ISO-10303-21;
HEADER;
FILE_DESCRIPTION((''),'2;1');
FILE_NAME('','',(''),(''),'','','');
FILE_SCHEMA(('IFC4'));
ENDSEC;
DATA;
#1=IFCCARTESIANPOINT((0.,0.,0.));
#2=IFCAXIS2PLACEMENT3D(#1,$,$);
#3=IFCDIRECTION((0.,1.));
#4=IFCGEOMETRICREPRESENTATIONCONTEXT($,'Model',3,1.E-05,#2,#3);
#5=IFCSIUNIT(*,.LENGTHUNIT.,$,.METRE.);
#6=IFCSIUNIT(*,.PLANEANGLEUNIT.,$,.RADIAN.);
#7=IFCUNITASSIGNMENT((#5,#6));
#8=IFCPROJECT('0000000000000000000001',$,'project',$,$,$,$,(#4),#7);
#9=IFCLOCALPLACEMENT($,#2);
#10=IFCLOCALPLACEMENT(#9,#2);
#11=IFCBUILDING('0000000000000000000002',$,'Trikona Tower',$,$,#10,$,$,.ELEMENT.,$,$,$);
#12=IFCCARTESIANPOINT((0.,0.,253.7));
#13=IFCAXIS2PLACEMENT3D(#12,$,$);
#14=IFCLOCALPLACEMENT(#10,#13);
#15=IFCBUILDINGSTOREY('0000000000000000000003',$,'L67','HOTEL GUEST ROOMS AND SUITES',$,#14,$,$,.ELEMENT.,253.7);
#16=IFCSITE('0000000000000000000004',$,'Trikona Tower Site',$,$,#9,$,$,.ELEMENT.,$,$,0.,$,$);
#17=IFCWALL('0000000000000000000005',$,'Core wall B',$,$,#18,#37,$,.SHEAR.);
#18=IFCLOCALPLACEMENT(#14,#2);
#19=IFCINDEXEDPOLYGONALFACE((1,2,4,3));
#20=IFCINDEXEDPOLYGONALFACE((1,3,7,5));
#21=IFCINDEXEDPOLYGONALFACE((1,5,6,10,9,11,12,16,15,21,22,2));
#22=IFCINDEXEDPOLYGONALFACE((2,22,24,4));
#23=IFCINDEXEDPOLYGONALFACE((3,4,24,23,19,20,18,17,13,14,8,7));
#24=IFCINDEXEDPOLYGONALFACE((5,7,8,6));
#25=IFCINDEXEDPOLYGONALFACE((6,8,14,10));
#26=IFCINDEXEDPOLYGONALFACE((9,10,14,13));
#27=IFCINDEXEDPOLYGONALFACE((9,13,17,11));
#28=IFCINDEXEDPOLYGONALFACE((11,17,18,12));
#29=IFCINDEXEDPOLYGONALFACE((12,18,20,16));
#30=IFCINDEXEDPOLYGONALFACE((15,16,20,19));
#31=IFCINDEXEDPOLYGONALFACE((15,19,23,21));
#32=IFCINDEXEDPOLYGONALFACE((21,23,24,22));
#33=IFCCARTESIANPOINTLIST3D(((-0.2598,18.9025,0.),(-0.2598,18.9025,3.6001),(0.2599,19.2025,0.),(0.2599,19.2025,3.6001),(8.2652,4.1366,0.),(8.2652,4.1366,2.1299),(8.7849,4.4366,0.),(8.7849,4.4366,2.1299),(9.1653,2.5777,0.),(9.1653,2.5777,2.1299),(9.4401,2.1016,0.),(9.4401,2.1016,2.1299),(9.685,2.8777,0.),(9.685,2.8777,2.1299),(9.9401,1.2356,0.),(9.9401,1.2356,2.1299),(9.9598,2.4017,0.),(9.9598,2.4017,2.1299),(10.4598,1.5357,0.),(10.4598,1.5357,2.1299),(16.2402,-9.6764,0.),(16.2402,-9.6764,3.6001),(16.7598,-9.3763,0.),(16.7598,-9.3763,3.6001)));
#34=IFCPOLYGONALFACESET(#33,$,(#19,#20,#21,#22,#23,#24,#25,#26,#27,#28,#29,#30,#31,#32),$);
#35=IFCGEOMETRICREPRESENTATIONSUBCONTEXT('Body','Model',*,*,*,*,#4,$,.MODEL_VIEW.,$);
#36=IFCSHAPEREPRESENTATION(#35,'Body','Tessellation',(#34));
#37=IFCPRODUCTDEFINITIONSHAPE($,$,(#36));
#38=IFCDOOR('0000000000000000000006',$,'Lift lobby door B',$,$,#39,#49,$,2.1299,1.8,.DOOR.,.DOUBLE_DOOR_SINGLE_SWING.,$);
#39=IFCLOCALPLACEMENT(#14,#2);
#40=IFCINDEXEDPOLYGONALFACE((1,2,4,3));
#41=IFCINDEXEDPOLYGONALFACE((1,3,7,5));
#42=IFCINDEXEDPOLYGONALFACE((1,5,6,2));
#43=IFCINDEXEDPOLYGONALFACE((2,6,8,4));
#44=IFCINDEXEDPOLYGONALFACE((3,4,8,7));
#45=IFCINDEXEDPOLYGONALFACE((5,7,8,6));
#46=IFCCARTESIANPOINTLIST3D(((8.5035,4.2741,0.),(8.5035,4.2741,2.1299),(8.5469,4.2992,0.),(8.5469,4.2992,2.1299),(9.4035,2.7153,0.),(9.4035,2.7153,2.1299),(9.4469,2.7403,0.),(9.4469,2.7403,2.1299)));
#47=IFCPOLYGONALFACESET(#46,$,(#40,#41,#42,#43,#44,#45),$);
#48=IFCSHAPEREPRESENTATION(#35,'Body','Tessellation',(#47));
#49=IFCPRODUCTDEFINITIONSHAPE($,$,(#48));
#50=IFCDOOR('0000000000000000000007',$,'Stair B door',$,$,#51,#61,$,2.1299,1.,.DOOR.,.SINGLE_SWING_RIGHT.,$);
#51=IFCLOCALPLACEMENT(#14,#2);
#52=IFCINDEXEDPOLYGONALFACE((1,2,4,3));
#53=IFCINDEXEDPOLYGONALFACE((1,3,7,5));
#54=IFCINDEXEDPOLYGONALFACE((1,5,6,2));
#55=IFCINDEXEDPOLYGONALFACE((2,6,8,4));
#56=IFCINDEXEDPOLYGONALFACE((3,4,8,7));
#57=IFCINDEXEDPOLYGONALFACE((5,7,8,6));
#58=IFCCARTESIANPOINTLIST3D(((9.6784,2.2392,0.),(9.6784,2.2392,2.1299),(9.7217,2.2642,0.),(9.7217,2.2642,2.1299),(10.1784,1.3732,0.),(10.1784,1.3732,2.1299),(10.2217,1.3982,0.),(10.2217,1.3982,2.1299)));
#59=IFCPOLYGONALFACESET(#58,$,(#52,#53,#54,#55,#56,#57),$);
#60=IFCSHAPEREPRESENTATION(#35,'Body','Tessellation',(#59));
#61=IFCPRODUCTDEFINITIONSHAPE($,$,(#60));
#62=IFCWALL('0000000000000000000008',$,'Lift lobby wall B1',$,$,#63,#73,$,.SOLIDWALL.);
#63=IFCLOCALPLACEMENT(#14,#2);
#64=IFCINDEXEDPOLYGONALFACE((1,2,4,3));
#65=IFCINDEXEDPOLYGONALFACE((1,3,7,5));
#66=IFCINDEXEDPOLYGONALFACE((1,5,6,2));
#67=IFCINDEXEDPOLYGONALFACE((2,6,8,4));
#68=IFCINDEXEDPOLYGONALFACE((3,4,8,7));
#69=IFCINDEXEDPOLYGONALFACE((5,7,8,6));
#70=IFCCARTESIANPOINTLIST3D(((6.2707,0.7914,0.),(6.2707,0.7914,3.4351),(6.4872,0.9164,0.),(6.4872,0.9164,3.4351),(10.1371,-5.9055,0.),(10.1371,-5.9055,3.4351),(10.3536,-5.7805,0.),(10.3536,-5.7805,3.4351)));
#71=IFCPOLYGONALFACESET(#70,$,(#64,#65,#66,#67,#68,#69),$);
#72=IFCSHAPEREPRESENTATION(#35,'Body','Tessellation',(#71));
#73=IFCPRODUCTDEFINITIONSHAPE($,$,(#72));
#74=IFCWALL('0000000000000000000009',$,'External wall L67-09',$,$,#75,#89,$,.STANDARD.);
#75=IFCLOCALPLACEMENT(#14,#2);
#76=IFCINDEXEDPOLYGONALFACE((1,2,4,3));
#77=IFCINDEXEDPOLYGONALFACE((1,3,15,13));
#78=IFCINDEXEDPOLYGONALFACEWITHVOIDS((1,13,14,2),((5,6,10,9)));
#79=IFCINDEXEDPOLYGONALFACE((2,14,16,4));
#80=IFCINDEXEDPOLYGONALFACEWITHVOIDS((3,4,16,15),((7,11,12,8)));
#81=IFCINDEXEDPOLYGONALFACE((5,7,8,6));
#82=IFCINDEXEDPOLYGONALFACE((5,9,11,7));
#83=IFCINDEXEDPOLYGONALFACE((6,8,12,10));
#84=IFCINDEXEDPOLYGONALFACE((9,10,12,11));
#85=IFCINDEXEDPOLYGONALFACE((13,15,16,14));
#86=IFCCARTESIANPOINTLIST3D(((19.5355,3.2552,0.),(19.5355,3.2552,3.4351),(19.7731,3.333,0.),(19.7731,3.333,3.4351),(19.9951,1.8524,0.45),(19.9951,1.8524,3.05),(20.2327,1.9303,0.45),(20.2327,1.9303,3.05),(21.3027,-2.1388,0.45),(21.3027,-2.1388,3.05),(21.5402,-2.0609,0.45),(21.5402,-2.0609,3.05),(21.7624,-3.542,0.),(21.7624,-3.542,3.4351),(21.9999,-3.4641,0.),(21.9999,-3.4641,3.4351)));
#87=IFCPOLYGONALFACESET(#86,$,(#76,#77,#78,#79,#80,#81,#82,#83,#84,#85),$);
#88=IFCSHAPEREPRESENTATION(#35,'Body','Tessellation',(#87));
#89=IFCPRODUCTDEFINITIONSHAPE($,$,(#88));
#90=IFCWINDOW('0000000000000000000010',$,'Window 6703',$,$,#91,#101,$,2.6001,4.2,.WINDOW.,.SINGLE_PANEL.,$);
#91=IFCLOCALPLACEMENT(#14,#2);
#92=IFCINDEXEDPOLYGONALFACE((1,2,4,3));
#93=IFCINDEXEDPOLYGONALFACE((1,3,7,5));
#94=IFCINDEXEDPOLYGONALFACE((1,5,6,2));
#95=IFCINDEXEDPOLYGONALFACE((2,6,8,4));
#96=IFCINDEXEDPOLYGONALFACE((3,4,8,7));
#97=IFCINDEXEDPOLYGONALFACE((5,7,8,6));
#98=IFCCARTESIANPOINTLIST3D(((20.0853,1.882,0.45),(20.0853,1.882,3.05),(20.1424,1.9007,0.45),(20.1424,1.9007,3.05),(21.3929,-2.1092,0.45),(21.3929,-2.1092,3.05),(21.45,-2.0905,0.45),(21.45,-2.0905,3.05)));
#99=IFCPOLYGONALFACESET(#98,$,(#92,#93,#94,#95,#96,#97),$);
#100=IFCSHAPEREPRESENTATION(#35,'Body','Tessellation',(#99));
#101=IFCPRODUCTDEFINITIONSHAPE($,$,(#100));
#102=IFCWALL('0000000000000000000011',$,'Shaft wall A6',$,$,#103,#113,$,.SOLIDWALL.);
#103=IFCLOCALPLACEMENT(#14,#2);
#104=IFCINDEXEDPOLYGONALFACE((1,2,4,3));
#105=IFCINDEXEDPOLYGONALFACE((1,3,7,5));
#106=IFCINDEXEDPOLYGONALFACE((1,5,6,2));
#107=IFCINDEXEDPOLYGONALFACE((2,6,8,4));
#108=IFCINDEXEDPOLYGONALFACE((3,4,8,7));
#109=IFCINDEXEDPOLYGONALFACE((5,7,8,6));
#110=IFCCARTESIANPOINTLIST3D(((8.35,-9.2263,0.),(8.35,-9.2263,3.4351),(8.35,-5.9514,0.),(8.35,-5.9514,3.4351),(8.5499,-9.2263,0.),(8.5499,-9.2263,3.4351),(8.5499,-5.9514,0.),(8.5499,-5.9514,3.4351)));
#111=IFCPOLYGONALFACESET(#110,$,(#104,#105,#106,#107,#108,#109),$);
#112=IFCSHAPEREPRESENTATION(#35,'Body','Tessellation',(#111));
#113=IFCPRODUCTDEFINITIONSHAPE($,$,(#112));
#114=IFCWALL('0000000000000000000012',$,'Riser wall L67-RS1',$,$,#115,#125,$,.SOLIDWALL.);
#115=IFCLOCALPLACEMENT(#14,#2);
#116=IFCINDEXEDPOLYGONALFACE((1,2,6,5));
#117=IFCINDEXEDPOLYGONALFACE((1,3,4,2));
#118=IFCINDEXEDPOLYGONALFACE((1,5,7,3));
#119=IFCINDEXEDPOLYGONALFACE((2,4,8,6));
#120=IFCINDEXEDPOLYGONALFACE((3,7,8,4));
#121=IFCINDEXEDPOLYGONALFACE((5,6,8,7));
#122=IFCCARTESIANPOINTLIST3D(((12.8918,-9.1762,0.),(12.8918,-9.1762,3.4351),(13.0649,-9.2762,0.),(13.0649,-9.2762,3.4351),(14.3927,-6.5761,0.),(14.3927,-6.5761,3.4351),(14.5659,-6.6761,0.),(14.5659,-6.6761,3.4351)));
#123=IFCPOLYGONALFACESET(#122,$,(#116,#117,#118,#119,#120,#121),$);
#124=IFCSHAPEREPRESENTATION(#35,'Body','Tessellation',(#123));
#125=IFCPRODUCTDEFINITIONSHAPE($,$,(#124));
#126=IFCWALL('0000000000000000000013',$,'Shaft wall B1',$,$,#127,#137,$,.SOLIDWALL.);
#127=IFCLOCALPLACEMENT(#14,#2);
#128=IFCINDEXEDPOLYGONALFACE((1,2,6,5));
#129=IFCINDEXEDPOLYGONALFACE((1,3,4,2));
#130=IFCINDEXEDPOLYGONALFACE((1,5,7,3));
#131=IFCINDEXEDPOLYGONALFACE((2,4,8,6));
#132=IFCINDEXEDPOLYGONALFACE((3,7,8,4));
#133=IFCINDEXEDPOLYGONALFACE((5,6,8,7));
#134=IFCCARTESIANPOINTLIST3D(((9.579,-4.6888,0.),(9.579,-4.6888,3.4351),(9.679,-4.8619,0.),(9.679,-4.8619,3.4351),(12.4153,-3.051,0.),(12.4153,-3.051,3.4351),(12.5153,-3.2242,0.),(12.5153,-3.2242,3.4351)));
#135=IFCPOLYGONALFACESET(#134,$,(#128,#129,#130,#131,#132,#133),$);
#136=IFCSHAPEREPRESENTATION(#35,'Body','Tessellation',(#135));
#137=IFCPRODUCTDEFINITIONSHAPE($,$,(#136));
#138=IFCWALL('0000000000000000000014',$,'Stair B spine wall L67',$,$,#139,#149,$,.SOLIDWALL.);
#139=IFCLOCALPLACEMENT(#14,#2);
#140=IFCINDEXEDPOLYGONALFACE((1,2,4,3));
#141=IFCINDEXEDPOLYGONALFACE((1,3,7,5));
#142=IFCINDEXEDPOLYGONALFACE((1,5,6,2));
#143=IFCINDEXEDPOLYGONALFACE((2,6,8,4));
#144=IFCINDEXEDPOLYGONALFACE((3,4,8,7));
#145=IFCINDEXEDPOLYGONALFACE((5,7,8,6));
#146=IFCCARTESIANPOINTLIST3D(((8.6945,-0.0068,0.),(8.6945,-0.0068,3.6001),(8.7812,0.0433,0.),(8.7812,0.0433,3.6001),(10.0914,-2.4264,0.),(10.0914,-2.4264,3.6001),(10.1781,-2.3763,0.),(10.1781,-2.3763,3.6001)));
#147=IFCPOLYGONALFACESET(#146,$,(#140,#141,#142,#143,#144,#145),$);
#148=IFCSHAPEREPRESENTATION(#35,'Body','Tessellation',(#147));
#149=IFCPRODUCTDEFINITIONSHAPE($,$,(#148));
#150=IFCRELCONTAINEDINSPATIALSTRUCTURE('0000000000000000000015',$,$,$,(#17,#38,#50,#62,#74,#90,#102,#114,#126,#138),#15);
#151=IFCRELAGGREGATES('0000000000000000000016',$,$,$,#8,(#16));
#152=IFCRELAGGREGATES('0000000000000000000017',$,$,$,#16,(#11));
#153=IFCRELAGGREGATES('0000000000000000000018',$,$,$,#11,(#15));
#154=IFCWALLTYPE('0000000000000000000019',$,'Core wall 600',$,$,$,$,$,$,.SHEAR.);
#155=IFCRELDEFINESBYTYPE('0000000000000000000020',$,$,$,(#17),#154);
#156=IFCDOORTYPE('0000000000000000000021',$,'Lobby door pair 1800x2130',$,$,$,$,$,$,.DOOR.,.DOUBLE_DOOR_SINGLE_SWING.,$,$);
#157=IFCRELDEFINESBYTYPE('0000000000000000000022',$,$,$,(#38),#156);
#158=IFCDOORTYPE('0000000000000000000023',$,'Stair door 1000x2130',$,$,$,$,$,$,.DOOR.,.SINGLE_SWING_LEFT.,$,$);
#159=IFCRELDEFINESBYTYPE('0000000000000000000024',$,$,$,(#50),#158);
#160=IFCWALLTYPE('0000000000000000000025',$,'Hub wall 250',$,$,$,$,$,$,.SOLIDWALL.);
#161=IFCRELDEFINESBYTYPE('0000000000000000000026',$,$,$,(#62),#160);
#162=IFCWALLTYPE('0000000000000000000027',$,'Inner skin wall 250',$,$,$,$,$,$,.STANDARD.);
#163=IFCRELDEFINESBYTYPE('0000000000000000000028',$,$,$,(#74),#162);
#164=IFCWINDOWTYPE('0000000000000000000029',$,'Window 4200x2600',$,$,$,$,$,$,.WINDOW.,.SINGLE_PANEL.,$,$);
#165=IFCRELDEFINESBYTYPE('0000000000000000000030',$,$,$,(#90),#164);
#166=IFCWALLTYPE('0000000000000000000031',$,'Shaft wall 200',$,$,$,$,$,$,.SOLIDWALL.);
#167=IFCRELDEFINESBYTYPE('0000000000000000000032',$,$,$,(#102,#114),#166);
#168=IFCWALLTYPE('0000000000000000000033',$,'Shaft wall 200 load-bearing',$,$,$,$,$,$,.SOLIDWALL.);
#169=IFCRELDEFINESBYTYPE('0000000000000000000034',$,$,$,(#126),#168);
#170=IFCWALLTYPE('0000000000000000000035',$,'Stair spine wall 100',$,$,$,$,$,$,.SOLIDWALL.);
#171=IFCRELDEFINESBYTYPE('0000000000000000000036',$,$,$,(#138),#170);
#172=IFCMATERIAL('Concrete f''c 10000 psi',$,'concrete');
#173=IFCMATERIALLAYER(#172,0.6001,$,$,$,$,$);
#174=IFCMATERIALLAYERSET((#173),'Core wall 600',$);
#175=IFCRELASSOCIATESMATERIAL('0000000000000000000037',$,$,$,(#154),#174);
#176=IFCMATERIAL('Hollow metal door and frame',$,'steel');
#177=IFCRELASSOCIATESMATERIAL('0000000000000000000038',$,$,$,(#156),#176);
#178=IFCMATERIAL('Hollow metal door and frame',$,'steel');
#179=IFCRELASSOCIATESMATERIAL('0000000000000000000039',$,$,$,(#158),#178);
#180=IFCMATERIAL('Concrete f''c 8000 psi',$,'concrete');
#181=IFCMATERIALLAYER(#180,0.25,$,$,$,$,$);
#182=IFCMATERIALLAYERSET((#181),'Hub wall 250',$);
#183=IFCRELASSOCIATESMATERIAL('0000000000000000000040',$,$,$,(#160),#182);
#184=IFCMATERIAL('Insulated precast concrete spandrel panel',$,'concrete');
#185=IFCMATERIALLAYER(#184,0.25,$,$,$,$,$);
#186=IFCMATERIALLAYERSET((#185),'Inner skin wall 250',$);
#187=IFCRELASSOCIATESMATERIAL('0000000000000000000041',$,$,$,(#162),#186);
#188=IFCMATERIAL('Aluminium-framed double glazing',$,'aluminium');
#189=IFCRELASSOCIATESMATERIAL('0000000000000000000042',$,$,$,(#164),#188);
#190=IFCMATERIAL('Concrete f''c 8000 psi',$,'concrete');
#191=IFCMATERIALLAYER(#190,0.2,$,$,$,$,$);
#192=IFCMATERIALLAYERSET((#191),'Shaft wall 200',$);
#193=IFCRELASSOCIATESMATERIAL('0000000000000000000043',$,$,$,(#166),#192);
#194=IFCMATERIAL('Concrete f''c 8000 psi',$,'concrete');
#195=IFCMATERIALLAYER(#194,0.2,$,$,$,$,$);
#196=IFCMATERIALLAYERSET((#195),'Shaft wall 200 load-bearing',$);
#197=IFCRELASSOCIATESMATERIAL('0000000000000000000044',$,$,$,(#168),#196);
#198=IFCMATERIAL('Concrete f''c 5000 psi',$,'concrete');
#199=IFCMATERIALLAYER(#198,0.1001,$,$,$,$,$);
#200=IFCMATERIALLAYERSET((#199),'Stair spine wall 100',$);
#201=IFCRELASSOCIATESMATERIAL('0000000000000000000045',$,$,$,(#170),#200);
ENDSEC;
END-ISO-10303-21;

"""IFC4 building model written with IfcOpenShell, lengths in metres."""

from ifc_helpers import new_model, si_unit, direction, frame, frame_2d, origin, place, context, subcontext, project, spatial, rectangle, extrude, material, layer, layer_set, type_object, element, fill, save


model = new_model("IFC4")

# Units and contexts
model_context = context("Model", 3, precision=1e-05, world=origin(), true_north=direction((0.0, 1.0)))
body_context = subcontext(model_context, "Body", "Model", "MODEL_VIEW")
ifc_project = project(units=[si_unit("LENGTHUNIT", "METRE"), si_unit("PLANEANGLEUNIT", "RADIAN")], contexts=[model_context])

# Site, building, storey
site_placement = place(None, origin())
site = spatial("IfcSite", under=ifc_project, at=site_placement, Name="Trikona Tower Site", CompositionType="ELEMENT", RefElevation=0.0)
building_placement = place(site_placement, origin())
building = spatial("IfcBuilding", under=site, at=building_placement, Name="Trikona Tower", CompositionType="ELEMENT")
storey_placement = place(building_placement, frame((0.0, 0.0, 253.7)))
storey = spatial("IfcBuildingStorey", under=building, at=storey_placement, Name="L67", Description="HOTEL GUEST ROOMS AND SUITES", CompositionType="ELEMENT", Elevation=253.7)

# Wall, openings, doors
ifc_material_1 = material(Name="Concrete f'c 10000 psi", Category="concrete")
ifc_layer_1 = layer(ifc_material_1, 0.6001)
ifc_layer_set_1 = layer_set([ifc_layer_1], Name="Core wall 600")
wall_type_1 = type_object("IfcWallType", Name="Core wall 600", PredefinedType="SHEAR", material=ifc_layer_set_1)
wall_1_placement = place(storey_placement, frame((16.5, -9.5264, 0.0), z_axis=(0.0, 0.0, 1.0), x_axis=(-0.5, 0.866026, 0.0)))
wall_1 = element("IfcWall", 1, at=wall_1_placement, inside=storey, type_object=wall_type_1, Name="Core wall B", PredefinedType="SHEAR", context=body_context, shape_type="SweptSolid", body=[
    extrude(rectangle(XDim=33.0, YDim=0.6001, at=frame_2d((16.5, 0.0))), origin(), (0.0, 0.0, 1.0), 3.6001),
])
opening_1_placement = place(wall_1_placement, frame((14.1499, 0.0, 0.0)))
opening_1 = element("IfcOpeningElement", 2, at=opening_1_placement, cuts=wall_1, PredefinedType="OPENING", context=body_context, shape_type="SweptSolid", body=[
    extrude(rectangle(XDim=1.8, YDim=2.1299, at=frame_2d((0.8999, 1.0649))), frame((0.0, 0.3101, 0.0), z_axis=(0.0, -1.0, 0.0), x_axis=(1.0, 0.0, 0.0)), (0.0, 0.0, 1.0), 0.6201),
])
opening_2_placement = place(wall_1_placement, frame((12.6001, 0.0, 0.0)))
opening_2 = element("IfcOpeningElement", 3, at=opening_2_placement, cuts=wall_1, PredefinedType="OPENING", context=body_context, shape_type="SweptSolid", body=[
    extrude(rectangle(XDim=1.0, YDim=2.1299, at=frame_2d((0.5, 1.0649))), frame((0.0, 0.3101, 0.0), z_axis=(0.0, -1.0, 0.0), x_axis=(1.0, 0.0, 0.0)), (0.0, 0.0, 1.0), 0.6201),
])
ifc_material_2 = material(Name="Hollow metal door and frame", Category="steel")
door_type_1 = type_object("IfcDoorType", Name="Lobby door pair 1800x2130", OperationType="DOUBLE_DOOR_SINGLE_SWING", PredefinedType="DOOR", material=ifc_material_2)
door_1_placement = place(opening_1_placement, origin())
door_1 = element("IfcDoor", 4, at=door_1_placement, inside=storey, type_object=door_type_1, Name="Lift lobby door B", OperationType="DOUBLE_DOOR_SINGLE_SWING", OverallHeight=2.1299, OverallWidth=1.8, PredefinedType="DOOR", context=body_context, shape_type="SweptSolid", body=[
    extrude(rectangle(XDim=1.8, YDim=2.1299, at=frame_2d((0.8999, 1.0649))), frame((0.0, 0.0249, 0.0), z_axis=(0.0, -1.0, 0.0), x_axis=(1.0, 0.0, 0.0)), (0.0, 0.0, 1.0), 0.05),
])
fill(opening_1, door_1)
ifc_material_3 = material(Name="Hollow metal door and frame", Category="steel")
door_type_2 = type_object("IfcDoorType", Name="Stair door 1000x2130", OperationType="SINGLE_SWING_LEFT", PredefinedType="DOOR", material=ifc_material_3)
door_2_placement = place(opening_2_placement, origin())
door_2 = element("IfcDoor", 5, at=door_2_placement, inside=storey, type_object=door_type_2, Name="Stair B door", OperationType="SINGLE_SWING_RIGHT", OverallHeight=2.1299, OverallWidth=1.0, PredefinedType="DOOR", context=body_context, shape_type="SweptSolid", body=[
    extrude(rectangle(XDim=1.0, YDim=2.1299, at=frame_2d((0.5, 1.0649))), frame((0.0, 0.0249, 0.0), z_axis=(0.0, -1.0, 0.0), x_axis=(1.0, 0.0, 0.0)), (0.0, 0.0, 1.0), 0.05),
])
fill(opening_2, door_2)

# Wall
ifc_material_4 = material(Name="Concrete f'c 8000 psi", Category="concrete")
ifc_layer_2 = layer(ifc_material_4, 0.25)
ifc_layer_set_2 = layer_set([ifc_layer_2], Name="Hub wall 250")
wall_type_2 = type_object("IfcWallType", Name="Hub wall 250", PredefinedType="SOLIDWALL", material=ifc_layer_set_2)
wall_2_placement = place(storey_placement, frame((10.2454, -5.843, 0.0), z_axis=(0.0, 0.0, 1.0), x_axis=(-0.499993, 0.866029, 0.0)))
element("IfcWall", 6, at=wall_2_placement, inside=storey, type_object=wall_type_2, Name="Lift lobby wall B1", PredefinedType="SOLIDWALL", context=body_context, shape_type="SweptSolid", body=[
    extrude(rectangle(XDim=7.7329, YDim=0.25, at=frame_2d((3.8665, 0.0))), origin(), (0.0, 0.0, 1.0), 3.4351),
])

# Wall, opening, window
ifc_material_5 = material(Name="Insulated precast concrete spandrel panel", Category="concrete")
ifc_layer_3 = layer(ifc_material_5, 0.25)
ifc_layer_set_3 = layer_set([ifc_layer_3], Name="Inner skin wall 250")
wall_type_3 = type_object("IfcWallType", Name="Inner skin wall 250", PredefinedType="STANDARD", material=ifc_layer_set_3)
wall_3_placement = place(storey_placement, frame((21.8811, -3.5029, 0.0), z_axis=(0.0, 0.0, 1.0), x_axis=(-0.311329, 0.950302, 0.0)))
wall_3 = element("IfcWall", 7, at=wall_3_placement, inside=storey, type_object=wall_type_3, Name="External wall L67-09", PredefinedType="STANDARD", context=body_context, shape_type="SweptSolid", body=[
    extrude(rectangle(XDim=7.1526, YDim=0.25, at=frame_2d((3.5762, 0.0))), origin(), (0.0, 0.0, 1.0), 3.4351),
])
opening_3_placement = place(wall_3_placement, frame((1.4763, 0.0, 0.45)))
opening_3 = element("IfcOpeningElement", 8, at=opening_3_placement, cuts=wall_3, PredefinedType="OPENING", context=body_context, shape_type="SweptSolid", body=[
    extrude(rectangle(XDim=4.2, YDim=2.6001, at=frame_2d((2.1001, 1.3))), frame((0.0, 0.135, 0.0), z_axis=(0.0, -1.0, 0.0), x_axis=(1.0, 0.0, 0.0)), (0.0, 0.0, 1.0), 0.27),
])
ifc_material_6 = material(Name="Aluminium-framed double glazing", Category="aluminium")
window_type_1 = type_object("IfcWindowType", Name="Window 4200x2600", PartitioningType="SINGLE_PANEL", PredefinedType="WINDOW", material=ifc_material_6)
window_1_placement = place(opening_3_placement, origin())
window_1 = element("IfcWindow", 9, at=window_1_placement, inside=storey, type_object=window_type_1, Name="Window 6703", OverallHeight=2.6001, OverallWidth=4.2, PartitioningType="SINGLE_PANEL", PredefinedType="WINDOW", context=body_context, shape_type="SweptSolid", body=[
    extrude(rectangle(XDim=4.2, YDim=2.6001, at=frame_2d((2.1001, 1.3))), frame((0.0, 0.03, 0.0), z_axis=(0.0, -1.0, 0.0), x_axis=(1.0, 0.0, 0.0)), (0.0, 0.0, 1.0), 0.0601),
])
fill(opening_3, window_1)

# Walls
ifc_material_7 = material(Name="Concrete f'c 8000 psi", Category="concrete")
ifc_layer_4 = layer(ifc_material_7, 0.2)
ifc_layer_set_4 = layer_set([ifc_layer_4], Name="Shaft wall 200")
wall_type_4 = type_object("IfcWallType", Name="Shaft wall 200", PredefinedType="SOLIDWALL", material=ifc_layer_set_4)
wall_4_placement = place(storey_placement, frame((8.45, -5.9514, 0.0), z_axis=(0.0, 0.0, 1.0), x_axis=(0.0, -1.0, 0.0)))
element("IfcWall", 10, at=wall_4_placement, inside=storey, type_object=wall_type_4, Name="Shaft wall A6", PredefinedType="SOLIDWALL", context=body_context, shape_type="SweptSolid", body=[
    extrude(rectangle(XDim=3.2749, YDim=0.2, at=frame_2d((1.6375, 0.0))), origin(), (0.0, 0.0, 1.0), 3.4351),
])
wall_5_placement = place(storey_placement, frame((14.4792, -6.6262, 0.0), z_axis=(0.0, 0.0, 1.0), x_axis=(-0.499952, -0.866053, 0.0)))
element("IfcWall", 11, at=wall_5_placement, inside=storey, type_object=wall_type_4, Name="Riser wall L67-RS1", PredefinedType="SOLIDWALL", context=body_context, shape_type="SweptSolid", body=[
    extrude(rectangle(XDim=3.0022, YDim=0.2, at=frame_2d((1.501, 0.0))), origin(), (0.0, 0.0, 1.0), 3.4351),
])
ifc_material_8 = material(Name="Concrete f'c 8000 psi", Category="concrete")
ifc_layer_5 = layer(ifc_material_8, 0.2)
ifc_layer_set_5 = layer_set([ifc_layer_5], Name="Shaft wall 200 load-bearing")
wall_type_5 = type_object("IfcWallType", Name="Shaft wall 200 load-bearing", PredefinedType="SOLIDWALL", material=ifc_layer_set_5)
wall_6_placement = place(storey_placement, frame((9.6289, -4.7754, 0.0), z_axis=(0.0, 0.0, 1.0), x_axis=(0.865996, 0.500052, 0.0)))
element("IfcWall", 12, at=wall_6_placement, inside=storey, type_object=wall_type_5, Name="Shaft wall B1", PredefinedType="SOLIDWALL", context=body_context, shape_type="SweptSolid", body=[
    extrude(rectangle(XDim=3.2751, YDim=0.2, at=frame_2d((1.6377, 0.0))), origin(), (0.0, 0.0, 1.0), 3.4351),
])
ifc_material_9 = material(Name="Concrete f'c 5000 psi", Category="concrete")
ifc_layer_6 = layer(ifc_material_9, 0.1001)
ifc_layer_set_6 = layer_set([ifc_layer_6], Name="Stair spine wall 100")
wall_type_6 = type_object("IfcWallType", Name="Stair spine wall 100", PredefinedType="SOLIDWALL", material=ifc_layer_set_6)
wall_7_placement = place(storey_placement, frame((10.1348, -2.4014, 0.0), z_axis=(0.0, 0.0, 1.0), x_axis=(-0.499992, 0.86603, 0.0)))
element("IfcWall", 13, at=wall_7_placement, inside=storey, type_object=wall_type_6, Name="Stair B spine wall L67", PredefinedType="SOLIDWALL", context=body_context, shape_type="SweptSolid", body=[
    extrude(rectangle(XDim=2.7939, YDim=0.1001, at=frame_2d((1.397, 0.0))), origin(), (0.0, 0.0, 1.0), 3.6001),
])

save(model, "model.ifc")
